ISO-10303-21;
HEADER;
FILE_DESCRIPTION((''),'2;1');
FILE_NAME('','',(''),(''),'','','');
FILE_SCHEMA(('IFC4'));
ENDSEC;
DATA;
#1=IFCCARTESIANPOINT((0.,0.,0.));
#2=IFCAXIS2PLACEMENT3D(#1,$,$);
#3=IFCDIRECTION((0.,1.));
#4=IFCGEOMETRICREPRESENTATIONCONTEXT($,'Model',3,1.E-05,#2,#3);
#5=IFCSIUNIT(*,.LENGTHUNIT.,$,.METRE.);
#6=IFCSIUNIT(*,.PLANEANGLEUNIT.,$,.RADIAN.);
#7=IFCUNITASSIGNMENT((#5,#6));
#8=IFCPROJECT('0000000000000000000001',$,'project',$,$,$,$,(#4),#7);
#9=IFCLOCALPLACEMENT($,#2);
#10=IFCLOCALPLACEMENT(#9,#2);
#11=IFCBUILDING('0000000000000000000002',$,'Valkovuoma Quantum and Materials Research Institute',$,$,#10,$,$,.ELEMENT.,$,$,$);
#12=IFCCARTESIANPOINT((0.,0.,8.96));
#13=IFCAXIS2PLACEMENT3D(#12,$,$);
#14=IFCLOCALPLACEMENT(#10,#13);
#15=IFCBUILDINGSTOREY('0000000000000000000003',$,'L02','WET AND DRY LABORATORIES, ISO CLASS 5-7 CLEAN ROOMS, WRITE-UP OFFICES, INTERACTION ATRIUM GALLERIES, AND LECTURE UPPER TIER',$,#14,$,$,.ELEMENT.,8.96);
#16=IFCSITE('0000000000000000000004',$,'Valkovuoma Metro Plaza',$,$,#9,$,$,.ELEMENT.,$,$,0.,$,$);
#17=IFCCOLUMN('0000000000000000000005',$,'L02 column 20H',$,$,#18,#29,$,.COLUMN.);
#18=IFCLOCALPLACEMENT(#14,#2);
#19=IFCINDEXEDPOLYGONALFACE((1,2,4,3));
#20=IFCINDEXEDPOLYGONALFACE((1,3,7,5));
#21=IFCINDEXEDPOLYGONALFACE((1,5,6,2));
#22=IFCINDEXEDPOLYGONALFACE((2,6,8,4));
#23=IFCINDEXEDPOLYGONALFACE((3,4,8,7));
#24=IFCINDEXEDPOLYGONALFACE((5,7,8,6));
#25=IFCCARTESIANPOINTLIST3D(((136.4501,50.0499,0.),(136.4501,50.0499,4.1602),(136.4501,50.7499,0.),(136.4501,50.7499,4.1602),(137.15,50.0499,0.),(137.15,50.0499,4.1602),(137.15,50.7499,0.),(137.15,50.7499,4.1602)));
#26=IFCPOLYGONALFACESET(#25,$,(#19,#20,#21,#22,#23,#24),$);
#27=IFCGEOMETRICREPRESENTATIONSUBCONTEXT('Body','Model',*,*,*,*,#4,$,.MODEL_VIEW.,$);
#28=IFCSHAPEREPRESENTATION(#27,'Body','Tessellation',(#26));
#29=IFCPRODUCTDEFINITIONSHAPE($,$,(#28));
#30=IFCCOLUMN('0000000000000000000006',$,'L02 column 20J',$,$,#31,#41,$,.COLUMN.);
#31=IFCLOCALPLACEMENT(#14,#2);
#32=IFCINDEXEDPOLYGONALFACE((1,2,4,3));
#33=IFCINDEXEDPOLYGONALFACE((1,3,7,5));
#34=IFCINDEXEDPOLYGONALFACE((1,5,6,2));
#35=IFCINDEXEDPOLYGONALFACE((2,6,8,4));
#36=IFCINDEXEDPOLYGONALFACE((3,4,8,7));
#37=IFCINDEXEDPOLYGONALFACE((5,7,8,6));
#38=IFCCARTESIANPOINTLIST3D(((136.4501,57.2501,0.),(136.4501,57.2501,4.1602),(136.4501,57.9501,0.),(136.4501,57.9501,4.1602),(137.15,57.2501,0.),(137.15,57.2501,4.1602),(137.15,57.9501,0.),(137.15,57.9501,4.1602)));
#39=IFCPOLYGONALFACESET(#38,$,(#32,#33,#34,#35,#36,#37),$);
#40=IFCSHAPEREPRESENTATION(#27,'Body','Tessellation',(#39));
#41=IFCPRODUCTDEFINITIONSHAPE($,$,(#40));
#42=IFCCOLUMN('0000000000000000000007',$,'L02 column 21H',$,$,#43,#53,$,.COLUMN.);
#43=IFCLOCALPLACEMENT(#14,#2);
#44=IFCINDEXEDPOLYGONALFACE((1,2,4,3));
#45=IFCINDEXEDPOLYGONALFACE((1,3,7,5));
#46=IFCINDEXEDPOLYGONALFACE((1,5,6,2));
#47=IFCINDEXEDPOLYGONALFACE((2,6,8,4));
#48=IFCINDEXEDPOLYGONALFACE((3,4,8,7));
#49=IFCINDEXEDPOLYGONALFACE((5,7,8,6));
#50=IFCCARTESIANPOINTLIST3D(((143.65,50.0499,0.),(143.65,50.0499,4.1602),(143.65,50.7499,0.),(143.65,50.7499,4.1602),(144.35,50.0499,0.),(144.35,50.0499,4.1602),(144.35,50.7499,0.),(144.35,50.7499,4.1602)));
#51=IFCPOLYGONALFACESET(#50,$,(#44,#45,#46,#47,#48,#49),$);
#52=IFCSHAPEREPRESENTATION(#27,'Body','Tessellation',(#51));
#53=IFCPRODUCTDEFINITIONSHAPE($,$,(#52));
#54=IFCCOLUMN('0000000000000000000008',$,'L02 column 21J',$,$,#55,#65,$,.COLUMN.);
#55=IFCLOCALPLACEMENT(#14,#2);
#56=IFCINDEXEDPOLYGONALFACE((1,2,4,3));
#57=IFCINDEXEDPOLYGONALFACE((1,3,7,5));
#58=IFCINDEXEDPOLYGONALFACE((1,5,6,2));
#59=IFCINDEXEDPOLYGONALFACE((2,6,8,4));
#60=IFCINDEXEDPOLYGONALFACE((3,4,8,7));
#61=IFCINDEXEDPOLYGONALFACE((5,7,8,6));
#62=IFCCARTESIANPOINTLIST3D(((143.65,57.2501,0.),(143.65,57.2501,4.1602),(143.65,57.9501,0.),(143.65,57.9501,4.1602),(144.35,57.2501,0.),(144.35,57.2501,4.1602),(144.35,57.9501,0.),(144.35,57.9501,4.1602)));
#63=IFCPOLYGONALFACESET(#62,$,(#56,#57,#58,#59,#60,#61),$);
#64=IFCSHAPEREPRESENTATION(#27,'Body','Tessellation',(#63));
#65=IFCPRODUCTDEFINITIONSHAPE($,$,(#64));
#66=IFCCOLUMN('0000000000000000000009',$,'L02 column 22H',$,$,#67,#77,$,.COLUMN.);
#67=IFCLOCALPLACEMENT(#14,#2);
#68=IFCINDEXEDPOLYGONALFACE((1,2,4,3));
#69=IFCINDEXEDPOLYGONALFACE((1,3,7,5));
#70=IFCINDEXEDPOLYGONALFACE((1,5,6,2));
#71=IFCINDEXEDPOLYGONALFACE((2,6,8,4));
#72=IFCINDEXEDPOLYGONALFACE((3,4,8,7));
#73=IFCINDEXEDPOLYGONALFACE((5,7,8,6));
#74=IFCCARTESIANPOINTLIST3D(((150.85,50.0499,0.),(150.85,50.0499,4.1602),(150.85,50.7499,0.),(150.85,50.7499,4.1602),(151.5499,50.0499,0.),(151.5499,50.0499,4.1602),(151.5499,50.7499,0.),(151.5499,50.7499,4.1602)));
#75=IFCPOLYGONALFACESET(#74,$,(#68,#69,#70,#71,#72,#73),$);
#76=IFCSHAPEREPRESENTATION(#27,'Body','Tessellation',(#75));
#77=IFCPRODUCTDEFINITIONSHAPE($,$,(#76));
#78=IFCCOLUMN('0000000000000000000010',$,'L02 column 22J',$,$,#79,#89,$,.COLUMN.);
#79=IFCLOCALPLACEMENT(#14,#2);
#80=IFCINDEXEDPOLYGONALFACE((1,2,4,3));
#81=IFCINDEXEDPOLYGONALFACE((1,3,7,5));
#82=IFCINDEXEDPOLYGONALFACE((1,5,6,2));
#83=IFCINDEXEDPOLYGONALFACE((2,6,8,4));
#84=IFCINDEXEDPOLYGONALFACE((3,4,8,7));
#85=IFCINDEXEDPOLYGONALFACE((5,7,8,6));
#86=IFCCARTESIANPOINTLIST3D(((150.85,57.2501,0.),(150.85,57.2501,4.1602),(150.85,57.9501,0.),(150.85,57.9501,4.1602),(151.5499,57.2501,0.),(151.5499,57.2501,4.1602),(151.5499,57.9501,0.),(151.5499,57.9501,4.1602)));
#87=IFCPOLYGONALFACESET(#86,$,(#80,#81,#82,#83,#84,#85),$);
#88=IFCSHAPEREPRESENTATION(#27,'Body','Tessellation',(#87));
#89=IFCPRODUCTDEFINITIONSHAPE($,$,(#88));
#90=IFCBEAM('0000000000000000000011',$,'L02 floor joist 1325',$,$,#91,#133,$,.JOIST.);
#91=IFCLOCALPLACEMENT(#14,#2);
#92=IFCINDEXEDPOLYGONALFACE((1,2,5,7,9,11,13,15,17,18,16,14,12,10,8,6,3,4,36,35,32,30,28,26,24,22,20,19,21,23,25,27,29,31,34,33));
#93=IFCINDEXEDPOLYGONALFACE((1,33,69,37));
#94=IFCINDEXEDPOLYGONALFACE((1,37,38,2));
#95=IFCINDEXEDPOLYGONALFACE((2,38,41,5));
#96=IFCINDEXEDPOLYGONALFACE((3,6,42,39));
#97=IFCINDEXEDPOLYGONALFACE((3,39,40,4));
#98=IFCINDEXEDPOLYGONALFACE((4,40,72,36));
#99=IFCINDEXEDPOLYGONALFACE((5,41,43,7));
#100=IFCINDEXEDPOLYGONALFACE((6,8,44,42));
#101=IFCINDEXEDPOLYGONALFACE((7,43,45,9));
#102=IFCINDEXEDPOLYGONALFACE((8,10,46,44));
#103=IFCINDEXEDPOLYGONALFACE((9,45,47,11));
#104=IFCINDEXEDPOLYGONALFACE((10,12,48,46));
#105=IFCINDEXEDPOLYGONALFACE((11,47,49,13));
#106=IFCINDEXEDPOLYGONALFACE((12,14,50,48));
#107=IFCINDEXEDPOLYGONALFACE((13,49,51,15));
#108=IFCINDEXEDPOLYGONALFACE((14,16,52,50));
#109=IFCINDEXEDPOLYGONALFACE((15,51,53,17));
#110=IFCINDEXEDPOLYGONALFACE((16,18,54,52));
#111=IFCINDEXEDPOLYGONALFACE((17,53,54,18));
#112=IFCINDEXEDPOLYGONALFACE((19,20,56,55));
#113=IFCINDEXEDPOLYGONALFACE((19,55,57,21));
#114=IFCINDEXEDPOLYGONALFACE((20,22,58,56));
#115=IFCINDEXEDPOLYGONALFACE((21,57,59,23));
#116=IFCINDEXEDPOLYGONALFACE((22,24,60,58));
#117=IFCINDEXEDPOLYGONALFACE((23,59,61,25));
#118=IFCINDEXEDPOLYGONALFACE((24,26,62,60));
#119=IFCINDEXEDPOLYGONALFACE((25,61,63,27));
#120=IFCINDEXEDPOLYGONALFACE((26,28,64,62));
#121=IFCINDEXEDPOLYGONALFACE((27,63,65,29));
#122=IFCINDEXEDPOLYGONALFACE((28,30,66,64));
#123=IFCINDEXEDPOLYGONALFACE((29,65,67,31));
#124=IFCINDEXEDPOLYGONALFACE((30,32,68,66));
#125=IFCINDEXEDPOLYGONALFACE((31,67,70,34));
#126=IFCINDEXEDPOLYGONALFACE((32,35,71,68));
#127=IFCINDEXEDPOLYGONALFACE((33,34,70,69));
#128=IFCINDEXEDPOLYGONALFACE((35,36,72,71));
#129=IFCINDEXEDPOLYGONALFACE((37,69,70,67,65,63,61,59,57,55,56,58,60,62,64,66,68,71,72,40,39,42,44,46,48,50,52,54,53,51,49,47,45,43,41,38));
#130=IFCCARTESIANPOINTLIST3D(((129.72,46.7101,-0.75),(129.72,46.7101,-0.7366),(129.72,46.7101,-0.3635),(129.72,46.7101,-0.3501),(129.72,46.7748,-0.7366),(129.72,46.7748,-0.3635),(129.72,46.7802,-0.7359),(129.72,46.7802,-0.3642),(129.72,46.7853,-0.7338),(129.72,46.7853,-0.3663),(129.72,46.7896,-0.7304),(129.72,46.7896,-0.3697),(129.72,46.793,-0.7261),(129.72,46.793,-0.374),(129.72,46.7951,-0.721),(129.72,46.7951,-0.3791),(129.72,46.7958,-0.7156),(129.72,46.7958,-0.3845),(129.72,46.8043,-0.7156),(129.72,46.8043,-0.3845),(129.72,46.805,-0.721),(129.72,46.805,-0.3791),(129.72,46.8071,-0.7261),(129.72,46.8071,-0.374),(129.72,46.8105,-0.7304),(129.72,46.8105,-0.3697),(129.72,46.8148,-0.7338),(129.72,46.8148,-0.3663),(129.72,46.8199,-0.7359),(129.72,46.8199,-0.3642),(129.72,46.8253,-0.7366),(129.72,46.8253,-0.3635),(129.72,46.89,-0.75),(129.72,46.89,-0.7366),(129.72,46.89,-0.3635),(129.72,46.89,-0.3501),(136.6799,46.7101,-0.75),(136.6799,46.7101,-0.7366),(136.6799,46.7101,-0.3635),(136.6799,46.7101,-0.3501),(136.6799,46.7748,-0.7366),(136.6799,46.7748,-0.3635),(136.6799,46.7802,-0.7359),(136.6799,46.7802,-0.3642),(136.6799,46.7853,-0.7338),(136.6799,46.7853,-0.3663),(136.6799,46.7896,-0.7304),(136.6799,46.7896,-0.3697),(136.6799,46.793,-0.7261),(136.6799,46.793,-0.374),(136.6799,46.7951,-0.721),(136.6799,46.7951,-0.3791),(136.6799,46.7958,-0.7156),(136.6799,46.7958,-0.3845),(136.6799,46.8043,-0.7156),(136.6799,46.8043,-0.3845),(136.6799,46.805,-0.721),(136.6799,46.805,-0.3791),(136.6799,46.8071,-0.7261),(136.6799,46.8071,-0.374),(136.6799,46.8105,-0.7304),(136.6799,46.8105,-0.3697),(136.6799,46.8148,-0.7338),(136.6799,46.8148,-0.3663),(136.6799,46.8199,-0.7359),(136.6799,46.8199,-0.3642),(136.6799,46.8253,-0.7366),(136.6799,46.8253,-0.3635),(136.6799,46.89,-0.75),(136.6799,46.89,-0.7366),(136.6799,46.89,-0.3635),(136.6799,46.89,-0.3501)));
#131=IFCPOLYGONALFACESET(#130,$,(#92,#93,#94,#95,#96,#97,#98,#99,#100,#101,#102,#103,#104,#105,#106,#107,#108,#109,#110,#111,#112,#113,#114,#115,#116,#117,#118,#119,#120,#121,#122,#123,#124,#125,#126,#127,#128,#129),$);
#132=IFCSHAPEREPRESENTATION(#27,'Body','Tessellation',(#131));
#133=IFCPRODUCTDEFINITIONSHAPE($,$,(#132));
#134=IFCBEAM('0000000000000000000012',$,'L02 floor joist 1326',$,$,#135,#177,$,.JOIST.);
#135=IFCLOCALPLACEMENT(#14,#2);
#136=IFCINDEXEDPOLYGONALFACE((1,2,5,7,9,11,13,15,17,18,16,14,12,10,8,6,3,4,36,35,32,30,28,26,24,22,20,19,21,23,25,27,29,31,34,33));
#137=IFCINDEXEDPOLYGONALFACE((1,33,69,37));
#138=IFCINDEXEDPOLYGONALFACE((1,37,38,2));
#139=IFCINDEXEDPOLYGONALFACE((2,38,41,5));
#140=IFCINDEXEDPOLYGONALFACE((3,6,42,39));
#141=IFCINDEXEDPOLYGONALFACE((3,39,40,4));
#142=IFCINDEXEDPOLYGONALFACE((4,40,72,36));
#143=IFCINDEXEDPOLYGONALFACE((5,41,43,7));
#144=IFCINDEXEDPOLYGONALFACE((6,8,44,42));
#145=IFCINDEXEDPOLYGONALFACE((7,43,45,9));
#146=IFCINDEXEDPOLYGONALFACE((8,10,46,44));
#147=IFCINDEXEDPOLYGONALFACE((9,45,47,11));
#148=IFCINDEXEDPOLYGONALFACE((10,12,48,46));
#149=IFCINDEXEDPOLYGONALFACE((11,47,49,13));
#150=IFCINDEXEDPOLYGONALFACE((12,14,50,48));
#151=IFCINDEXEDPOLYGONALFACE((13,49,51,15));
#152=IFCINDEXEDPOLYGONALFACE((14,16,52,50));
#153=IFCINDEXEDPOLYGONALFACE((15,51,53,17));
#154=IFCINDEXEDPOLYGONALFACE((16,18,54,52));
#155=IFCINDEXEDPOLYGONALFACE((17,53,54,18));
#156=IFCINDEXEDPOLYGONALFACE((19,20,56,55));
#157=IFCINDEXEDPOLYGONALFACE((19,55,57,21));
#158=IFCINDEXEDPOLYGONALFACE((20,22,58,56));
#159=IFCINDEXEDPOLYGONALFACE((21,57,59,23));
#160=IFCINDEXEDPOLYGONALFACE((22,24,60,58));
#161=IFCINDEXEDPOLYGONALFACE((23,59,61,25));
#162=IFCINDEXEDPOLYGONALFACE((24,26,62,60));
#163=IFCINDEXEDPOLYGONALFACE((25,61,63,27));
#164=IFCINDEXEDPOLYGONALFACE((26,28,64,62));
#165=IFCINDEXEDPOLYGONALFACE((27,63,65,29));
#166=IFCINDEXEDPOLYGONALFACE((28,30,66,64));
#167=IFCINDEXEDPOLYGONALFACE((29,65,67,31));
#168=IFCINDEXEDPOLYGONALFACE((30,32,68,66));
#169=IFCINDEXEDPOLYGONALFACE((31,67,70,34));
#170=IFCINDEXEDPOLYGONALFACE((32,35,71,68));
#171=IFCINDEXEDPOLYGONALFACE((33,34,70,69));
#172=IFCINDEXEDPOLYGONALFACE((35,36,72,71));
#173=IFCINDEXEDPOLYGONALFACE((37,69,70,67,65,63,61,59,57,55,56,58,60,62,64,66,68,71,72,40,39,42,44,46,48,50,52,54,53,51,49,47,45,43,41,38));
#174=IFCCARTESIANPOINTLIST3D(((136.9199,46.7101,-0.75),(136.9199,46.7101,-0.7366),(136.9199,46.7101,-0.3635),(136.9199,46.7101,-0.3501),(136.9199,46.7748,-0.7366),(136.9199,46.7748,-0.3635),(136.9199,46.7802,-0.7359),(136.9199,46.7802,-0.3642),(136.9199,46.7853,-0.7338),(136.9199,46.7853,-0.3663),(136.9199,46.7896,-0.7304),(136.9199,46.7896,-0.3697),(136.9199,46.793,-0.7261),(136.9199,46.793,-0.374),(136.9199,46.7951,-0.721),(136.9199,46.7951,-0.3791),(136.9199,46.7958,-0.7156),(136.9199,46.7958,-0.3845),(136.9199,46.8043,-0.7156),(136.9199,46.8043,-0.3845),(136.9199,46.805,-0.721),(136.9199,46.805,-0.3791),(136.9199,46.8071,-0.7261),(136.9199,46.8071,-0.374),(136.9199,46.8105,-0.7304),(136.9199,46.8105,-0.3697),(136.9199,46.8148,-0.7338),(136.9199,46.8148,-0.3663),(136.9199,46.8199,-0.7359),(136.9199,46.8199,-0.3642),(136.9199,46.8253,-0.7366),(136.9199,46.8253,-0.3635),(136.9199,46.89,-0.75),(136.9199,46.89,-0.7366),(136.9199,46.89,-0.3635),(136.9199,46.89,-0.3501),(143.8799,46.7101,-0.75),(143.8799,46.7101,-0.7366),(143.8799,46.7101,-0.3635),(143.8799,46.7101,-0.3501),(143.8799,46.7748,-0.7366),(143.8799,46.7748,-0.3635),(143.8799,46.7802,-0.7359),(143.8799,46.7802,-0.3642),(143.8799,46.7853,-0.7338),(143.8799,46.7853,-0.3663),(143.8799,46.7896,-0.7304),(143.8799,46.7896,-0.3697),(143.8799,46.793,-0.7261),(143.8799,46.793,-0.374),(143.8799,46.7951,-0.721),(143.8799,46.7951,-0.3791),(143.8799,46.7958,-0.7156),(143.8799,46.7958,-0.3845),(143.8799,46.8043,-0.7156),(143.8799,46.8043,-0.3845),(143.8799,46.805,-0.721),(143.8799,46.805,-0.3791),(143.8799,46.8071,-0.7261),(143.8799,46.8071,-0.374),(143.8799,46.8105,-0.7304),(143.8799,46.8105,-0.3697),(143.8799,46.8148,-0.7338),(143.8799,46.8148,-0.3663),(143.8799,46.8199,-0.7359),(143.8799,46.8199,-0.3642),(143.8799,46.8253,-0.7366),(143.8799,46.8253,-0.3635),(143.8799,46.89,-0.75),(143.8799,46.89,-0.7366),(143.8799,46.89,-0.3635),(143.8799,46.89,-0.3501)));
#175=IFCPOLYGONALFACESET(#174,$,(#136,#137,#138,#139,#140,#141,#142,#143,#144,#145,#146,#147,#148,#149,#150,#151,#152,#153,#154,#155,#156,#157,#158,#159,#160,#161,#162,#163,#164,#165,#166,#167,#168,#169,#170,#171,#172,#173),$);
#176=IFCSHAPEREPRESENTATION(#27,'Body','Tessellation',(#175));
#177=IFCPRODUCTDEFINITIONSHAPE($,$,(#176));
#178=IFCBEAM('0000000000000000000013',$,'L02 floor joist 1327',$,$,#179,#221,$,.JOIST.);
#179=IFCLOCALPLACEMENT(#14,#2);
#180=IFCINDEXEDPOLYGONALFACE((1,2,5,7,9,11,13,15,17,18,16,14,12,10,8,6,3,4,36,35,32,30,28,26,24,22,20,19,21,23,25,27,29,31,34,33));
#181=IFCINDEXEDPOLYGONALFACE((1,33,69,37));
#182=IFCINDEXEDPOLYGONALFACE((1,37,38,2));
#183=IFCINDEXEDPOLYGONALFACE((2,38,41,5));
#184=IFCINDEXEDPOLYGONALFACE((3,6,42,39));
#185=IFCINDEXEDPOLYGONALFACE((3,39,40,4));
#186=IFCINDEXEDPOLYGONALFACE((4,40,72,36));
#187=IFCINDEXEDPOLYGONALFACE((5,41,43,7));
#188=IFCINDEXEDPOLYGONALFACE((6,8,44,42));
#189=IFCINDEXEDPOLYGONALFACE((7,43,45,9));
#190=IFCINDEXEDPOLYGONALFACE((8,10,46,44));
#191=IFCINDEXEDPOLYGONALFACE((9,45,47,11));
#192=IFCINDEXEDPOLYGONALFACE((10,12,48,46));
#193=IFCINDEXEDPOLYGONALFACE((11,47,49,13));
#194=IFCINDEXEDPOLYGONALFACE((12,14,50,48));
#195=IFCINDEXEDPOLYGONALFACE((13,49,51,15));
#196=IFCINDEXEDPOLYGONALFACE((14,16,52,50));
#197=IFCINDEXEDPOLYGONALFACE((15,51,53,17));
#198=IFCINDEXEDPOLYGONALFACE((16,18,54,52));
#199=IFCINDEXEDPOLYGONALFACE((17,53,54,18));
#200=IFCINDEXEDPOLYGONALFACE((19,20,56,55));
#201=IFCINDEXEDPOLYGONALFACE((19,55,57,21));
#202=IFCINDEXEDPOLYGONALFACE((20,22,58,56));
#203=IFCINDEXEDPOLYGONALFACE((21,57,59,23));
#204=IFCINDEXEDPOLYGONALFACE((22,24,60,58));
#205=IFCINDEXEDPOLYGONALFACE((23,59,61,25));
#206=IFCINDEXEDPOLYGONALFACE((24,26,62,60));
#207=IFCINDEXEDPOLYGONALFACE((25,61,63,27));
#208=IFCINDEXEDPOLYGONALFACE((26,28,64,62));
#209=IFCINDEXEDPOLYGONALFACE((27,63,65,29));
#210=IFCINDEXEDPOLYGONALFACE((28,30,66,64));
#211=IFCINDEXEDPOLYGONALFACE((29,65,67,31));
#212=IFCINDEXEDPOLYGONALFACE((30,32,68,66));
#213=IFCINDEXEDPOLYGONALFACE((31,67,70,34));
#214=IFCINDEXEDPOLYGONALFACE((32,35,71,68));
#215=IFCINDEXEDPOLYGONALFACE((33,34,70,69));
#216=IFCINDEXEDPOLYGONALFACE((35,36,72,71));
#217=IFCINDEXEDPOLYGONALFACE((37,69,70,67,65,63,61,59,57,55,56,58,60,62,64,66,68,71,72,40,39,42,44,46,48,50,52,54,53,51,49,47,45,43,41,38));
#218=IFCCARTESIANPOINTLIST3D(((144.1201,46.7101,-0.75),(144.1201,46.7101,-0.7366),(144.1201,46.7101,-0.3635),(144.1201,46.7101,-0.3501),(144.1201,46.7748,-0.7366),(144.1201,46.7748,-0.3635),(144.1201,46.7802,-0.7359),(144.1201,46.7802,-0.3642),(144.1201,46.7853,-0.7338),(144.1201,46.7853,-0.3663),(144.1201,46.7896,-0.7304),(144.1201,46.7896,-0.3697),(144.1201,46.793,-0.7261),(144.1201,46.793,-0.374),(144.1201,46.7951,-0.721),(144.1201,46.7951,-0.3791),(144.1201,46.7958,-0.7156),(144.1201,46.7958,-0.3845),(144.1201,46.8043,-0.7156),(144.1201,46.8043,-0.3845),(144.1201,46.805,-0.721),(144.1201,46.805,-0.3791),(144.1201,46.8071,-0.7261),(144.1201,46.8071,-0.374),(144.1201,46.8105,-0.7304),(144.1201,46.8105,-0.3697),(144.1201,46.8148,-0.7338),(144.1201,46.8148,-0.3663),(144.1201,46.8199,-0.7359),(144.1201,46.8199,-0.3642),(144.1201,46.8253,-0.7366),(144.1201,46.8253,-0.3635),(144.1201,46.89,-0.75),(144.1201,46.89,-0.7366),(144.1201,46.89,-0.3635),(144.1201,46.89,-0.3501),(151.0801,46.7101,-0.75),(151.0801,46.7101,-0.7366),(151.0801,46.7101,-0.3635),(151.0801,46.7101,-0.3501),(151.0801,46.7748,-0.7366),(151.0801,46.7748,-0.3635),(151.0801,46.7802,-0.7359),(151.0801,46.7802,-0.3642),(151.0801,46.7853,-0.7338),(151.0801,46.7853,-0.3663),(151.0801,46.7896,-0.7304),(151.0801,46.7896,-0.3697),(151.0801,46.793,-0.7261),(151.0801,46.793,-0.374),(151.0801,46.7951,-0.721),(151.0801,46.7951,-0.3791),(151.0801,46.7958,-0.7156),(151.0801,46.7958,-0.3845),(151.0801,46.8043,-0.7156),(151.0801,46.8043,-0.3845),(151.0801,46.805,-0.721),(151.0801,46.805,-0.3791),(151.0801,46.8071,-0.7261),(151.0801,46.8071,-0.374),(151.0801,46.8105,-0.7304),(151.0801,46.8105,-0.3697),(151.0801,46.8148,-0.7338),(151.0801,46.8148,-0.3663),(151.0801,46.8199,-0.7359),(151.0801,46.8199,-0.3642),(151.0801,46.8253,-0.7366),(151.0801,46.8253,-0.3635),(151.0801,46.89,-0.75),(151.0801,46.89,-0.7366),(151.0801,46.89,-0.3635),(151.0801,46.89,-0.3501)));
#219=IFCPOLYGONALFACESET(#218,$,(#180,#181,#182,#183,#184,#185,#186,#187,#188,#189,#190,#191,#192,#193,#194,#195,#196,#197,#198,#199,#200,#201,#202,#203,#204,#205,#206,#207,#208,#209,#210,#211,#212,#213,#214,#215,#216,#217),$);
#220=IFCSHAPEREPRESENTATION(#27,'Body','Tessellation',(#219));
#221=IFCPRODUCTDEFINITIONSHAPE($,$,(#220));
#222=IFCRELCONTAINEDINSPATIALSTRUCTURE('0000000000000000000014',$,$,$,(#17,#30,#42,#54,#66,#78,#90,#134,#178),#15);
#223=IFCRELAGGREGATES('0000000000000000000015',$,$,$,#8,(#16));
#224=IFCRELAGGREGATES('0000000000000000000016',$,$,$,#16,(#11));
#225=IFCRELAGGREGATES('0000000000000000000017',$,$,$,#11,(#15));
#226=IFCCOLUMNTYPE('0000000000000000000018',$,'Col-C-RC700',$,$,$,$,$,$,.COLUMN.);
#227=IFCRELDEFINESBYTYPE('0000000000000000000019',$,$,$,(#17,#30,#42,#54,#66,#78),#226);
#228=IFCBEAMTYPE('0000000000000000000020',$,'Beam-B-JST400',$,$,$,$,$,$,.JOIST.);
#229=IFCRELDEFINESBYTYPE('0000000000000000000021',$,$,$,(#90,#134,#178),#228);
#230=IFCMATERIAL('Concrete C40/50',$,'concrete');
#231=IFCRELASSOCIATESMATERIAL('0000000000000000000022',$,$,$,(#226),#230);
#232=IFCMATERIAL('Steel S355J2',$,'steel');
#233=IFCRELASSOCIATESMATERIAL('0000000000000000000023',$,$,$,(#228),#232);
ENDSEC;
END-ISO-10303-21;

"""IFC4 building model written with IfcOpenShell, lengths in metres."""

from ifc_helpers import new_model, si_unit, direction, frame, origin, origin_2d, place, context, subcontext, project, spatial, rectangle, i_section, extrude, material, material_profile, profile_set, type_object, element, save


model = new_model("IFC4")

# Units and contexts
model_context = context("Model", 3, precision=1e-05, world=origin(), true_north=direction((0.0, 1.0)))
body_context = subcontext(model_context, "Body", "Model", "MODEL_VIEW")
ifc_project = project(units=[si_unit("LENGTHUNIT", "METRE"), si_unit("PLANEANGLEUNIT", "RADIAN")], contexts=[model_context])

# Site, building, storey
site_placement = place(None, origin())
site = spatial("IfcSite", under=ifc_project, at=site_placement, Name="Valkovuoma Metro Plaza", CompositionType="ELEMENT", RefElevation=0.0)
building_placement = place(site_placement, origin())
building = spatial("IfcBuilding", under=site, at=building_placement, Name="Valkovuoma Quantum and Materials Research Institute", CompositionType="ELEMENT")
storey_placement = place(building_placement, frame((0.0, 0.0, 8.96)))
storey = spatial("IfcBuildingStorey", under=building, at=storey_placement, Name="L02", Description="WET AND DRY LABORATORIES, ISO CLASS 5-7 CLEAN ROOMS, WRITE-UP OFFICES, INTERACTION ATRIUM GALLERIES, AND LECTURE UPPER TIER", CompositionType="ELEMENT", Elevation=8.96)

# Columns
ifc_material_1 = material(Name="Concrete C40/50", Category="concrete")
ifc_material_profile_1 = material_profile(ifc_material_1, rectangle(XDim=0.7, YDim=0.7, at=origin_2d()), Name="Concrete C40/50")
ifc_profile_set_1 = profile_set([ifc_material_profile_1], Name="Concrete C40/50")
column_type = type_object("IfcColumnType", Name="Col-C-RC700", PredefinedType="COLUMN", material=ifc_profile_set_1)
for number, where, z_axis, x_axis, name in (
    (1, (136.8, 50.3999, 0.0), (0.0, 0.0, 1.0), (1.0, 0.0, 0.0), "L02 column 20H"),
    (2, (136.8, 57.6001, 0.0), (0.0, 0.0, 1.0), (1.0, 0.0, 0.0), "L02 column 20J"),
    (3, (144.0, 50.3999, 0.0), (0.0, 0.0, 1.0), (1.0, 0.0, 0.0), "L02 column 21H"),
    (4, (144.0, 57.6001, 0.0), (0.0, 0.0, 1.0), (1.0, 0.0, 0.0), "L02 column 21J"),
    (5, (151.2, 50.3999, 0.0), (0.0, 0.0, 1.0), (1.0, 0.0, 0.0), "L02 column 22H"),
    (6, (151.2, 57.6001, 0.0), (0.0, 0.0, 1.0), (1.0, 0.0, 0.0), "L02 column 22J"),
):
    element("IfcColumn", number, at=place(storey_placement, frame(where, z_axis=z_axis, x_axis=x_axis)), inside=storey, type_object=column_type, Name=name, PredefinedType="COLUMN", context=body_context, shape_type="SweptSolid", body=[
        extrude(rectangle(XDim=0.7, YDim=0.7, at=origin_2d()), origin(), (0.0, 0.0, 1.0), 4.1602),
    ])

# Beams
ifc_material_2 = material(Name="Steel S355J2", Category="steel")
ifc_material_profile_2 = material_profile(ifc_material_2, i_section(OverallWidth=0.1799, OverallDepth=0.3999, WebThickness=0.0085, FlangeThickness=0.0134, FilletRadius=0.021, at=origin_2d()), Name="Steel S355J2")
ifc_profile_set_2 = profile_set([ifc_material_profile_2], Name="Steel S355J2")
beam_type_1 = type_object("IfcBeamType", Name="Beam-B-JST400", PredefinedType="JOIST", material=ifc_profile_set_2)
for number, where, z_axis, x_axis, name in (
    (7, (129.72, 46.8, -0.55), (1.0, 0.0, 0.0), (0.0, 1.0, 0.0), "L02 floor joist 1325"),
    (8, (136.9199, 46.8, -0.55), (1.0, 0.0, 0.0), (0.0, 1.0, 0.0), "L02 floor joist 1326"),
    (9, (144.1201, 46.8, -0.55), (1.0, 0.0, 0.0), (0.0, 1.0, 0.0), "L02 floor joist 1327"),
):
    element("IfcBeam", number, at=place(storey_placement, frame(where, z_axis=z_axis, x_axis=x_axis)), inside=storey, type_object=beam_type_1, Name=name, PredefinedType="JOIST", context=body_context, shape_type="SweptSolid", body=[
        extrude(i_section(OverallWidth=0.1799, OverallDepth=0.3999, WebThickness=0.0085, FlangeThickness=0.0134, FilletRadius=0.021, at=origin_2d()), origin(), (0.0, 0.0, 1.0), 6.96),
    ])

save(model, "model.ifc")
